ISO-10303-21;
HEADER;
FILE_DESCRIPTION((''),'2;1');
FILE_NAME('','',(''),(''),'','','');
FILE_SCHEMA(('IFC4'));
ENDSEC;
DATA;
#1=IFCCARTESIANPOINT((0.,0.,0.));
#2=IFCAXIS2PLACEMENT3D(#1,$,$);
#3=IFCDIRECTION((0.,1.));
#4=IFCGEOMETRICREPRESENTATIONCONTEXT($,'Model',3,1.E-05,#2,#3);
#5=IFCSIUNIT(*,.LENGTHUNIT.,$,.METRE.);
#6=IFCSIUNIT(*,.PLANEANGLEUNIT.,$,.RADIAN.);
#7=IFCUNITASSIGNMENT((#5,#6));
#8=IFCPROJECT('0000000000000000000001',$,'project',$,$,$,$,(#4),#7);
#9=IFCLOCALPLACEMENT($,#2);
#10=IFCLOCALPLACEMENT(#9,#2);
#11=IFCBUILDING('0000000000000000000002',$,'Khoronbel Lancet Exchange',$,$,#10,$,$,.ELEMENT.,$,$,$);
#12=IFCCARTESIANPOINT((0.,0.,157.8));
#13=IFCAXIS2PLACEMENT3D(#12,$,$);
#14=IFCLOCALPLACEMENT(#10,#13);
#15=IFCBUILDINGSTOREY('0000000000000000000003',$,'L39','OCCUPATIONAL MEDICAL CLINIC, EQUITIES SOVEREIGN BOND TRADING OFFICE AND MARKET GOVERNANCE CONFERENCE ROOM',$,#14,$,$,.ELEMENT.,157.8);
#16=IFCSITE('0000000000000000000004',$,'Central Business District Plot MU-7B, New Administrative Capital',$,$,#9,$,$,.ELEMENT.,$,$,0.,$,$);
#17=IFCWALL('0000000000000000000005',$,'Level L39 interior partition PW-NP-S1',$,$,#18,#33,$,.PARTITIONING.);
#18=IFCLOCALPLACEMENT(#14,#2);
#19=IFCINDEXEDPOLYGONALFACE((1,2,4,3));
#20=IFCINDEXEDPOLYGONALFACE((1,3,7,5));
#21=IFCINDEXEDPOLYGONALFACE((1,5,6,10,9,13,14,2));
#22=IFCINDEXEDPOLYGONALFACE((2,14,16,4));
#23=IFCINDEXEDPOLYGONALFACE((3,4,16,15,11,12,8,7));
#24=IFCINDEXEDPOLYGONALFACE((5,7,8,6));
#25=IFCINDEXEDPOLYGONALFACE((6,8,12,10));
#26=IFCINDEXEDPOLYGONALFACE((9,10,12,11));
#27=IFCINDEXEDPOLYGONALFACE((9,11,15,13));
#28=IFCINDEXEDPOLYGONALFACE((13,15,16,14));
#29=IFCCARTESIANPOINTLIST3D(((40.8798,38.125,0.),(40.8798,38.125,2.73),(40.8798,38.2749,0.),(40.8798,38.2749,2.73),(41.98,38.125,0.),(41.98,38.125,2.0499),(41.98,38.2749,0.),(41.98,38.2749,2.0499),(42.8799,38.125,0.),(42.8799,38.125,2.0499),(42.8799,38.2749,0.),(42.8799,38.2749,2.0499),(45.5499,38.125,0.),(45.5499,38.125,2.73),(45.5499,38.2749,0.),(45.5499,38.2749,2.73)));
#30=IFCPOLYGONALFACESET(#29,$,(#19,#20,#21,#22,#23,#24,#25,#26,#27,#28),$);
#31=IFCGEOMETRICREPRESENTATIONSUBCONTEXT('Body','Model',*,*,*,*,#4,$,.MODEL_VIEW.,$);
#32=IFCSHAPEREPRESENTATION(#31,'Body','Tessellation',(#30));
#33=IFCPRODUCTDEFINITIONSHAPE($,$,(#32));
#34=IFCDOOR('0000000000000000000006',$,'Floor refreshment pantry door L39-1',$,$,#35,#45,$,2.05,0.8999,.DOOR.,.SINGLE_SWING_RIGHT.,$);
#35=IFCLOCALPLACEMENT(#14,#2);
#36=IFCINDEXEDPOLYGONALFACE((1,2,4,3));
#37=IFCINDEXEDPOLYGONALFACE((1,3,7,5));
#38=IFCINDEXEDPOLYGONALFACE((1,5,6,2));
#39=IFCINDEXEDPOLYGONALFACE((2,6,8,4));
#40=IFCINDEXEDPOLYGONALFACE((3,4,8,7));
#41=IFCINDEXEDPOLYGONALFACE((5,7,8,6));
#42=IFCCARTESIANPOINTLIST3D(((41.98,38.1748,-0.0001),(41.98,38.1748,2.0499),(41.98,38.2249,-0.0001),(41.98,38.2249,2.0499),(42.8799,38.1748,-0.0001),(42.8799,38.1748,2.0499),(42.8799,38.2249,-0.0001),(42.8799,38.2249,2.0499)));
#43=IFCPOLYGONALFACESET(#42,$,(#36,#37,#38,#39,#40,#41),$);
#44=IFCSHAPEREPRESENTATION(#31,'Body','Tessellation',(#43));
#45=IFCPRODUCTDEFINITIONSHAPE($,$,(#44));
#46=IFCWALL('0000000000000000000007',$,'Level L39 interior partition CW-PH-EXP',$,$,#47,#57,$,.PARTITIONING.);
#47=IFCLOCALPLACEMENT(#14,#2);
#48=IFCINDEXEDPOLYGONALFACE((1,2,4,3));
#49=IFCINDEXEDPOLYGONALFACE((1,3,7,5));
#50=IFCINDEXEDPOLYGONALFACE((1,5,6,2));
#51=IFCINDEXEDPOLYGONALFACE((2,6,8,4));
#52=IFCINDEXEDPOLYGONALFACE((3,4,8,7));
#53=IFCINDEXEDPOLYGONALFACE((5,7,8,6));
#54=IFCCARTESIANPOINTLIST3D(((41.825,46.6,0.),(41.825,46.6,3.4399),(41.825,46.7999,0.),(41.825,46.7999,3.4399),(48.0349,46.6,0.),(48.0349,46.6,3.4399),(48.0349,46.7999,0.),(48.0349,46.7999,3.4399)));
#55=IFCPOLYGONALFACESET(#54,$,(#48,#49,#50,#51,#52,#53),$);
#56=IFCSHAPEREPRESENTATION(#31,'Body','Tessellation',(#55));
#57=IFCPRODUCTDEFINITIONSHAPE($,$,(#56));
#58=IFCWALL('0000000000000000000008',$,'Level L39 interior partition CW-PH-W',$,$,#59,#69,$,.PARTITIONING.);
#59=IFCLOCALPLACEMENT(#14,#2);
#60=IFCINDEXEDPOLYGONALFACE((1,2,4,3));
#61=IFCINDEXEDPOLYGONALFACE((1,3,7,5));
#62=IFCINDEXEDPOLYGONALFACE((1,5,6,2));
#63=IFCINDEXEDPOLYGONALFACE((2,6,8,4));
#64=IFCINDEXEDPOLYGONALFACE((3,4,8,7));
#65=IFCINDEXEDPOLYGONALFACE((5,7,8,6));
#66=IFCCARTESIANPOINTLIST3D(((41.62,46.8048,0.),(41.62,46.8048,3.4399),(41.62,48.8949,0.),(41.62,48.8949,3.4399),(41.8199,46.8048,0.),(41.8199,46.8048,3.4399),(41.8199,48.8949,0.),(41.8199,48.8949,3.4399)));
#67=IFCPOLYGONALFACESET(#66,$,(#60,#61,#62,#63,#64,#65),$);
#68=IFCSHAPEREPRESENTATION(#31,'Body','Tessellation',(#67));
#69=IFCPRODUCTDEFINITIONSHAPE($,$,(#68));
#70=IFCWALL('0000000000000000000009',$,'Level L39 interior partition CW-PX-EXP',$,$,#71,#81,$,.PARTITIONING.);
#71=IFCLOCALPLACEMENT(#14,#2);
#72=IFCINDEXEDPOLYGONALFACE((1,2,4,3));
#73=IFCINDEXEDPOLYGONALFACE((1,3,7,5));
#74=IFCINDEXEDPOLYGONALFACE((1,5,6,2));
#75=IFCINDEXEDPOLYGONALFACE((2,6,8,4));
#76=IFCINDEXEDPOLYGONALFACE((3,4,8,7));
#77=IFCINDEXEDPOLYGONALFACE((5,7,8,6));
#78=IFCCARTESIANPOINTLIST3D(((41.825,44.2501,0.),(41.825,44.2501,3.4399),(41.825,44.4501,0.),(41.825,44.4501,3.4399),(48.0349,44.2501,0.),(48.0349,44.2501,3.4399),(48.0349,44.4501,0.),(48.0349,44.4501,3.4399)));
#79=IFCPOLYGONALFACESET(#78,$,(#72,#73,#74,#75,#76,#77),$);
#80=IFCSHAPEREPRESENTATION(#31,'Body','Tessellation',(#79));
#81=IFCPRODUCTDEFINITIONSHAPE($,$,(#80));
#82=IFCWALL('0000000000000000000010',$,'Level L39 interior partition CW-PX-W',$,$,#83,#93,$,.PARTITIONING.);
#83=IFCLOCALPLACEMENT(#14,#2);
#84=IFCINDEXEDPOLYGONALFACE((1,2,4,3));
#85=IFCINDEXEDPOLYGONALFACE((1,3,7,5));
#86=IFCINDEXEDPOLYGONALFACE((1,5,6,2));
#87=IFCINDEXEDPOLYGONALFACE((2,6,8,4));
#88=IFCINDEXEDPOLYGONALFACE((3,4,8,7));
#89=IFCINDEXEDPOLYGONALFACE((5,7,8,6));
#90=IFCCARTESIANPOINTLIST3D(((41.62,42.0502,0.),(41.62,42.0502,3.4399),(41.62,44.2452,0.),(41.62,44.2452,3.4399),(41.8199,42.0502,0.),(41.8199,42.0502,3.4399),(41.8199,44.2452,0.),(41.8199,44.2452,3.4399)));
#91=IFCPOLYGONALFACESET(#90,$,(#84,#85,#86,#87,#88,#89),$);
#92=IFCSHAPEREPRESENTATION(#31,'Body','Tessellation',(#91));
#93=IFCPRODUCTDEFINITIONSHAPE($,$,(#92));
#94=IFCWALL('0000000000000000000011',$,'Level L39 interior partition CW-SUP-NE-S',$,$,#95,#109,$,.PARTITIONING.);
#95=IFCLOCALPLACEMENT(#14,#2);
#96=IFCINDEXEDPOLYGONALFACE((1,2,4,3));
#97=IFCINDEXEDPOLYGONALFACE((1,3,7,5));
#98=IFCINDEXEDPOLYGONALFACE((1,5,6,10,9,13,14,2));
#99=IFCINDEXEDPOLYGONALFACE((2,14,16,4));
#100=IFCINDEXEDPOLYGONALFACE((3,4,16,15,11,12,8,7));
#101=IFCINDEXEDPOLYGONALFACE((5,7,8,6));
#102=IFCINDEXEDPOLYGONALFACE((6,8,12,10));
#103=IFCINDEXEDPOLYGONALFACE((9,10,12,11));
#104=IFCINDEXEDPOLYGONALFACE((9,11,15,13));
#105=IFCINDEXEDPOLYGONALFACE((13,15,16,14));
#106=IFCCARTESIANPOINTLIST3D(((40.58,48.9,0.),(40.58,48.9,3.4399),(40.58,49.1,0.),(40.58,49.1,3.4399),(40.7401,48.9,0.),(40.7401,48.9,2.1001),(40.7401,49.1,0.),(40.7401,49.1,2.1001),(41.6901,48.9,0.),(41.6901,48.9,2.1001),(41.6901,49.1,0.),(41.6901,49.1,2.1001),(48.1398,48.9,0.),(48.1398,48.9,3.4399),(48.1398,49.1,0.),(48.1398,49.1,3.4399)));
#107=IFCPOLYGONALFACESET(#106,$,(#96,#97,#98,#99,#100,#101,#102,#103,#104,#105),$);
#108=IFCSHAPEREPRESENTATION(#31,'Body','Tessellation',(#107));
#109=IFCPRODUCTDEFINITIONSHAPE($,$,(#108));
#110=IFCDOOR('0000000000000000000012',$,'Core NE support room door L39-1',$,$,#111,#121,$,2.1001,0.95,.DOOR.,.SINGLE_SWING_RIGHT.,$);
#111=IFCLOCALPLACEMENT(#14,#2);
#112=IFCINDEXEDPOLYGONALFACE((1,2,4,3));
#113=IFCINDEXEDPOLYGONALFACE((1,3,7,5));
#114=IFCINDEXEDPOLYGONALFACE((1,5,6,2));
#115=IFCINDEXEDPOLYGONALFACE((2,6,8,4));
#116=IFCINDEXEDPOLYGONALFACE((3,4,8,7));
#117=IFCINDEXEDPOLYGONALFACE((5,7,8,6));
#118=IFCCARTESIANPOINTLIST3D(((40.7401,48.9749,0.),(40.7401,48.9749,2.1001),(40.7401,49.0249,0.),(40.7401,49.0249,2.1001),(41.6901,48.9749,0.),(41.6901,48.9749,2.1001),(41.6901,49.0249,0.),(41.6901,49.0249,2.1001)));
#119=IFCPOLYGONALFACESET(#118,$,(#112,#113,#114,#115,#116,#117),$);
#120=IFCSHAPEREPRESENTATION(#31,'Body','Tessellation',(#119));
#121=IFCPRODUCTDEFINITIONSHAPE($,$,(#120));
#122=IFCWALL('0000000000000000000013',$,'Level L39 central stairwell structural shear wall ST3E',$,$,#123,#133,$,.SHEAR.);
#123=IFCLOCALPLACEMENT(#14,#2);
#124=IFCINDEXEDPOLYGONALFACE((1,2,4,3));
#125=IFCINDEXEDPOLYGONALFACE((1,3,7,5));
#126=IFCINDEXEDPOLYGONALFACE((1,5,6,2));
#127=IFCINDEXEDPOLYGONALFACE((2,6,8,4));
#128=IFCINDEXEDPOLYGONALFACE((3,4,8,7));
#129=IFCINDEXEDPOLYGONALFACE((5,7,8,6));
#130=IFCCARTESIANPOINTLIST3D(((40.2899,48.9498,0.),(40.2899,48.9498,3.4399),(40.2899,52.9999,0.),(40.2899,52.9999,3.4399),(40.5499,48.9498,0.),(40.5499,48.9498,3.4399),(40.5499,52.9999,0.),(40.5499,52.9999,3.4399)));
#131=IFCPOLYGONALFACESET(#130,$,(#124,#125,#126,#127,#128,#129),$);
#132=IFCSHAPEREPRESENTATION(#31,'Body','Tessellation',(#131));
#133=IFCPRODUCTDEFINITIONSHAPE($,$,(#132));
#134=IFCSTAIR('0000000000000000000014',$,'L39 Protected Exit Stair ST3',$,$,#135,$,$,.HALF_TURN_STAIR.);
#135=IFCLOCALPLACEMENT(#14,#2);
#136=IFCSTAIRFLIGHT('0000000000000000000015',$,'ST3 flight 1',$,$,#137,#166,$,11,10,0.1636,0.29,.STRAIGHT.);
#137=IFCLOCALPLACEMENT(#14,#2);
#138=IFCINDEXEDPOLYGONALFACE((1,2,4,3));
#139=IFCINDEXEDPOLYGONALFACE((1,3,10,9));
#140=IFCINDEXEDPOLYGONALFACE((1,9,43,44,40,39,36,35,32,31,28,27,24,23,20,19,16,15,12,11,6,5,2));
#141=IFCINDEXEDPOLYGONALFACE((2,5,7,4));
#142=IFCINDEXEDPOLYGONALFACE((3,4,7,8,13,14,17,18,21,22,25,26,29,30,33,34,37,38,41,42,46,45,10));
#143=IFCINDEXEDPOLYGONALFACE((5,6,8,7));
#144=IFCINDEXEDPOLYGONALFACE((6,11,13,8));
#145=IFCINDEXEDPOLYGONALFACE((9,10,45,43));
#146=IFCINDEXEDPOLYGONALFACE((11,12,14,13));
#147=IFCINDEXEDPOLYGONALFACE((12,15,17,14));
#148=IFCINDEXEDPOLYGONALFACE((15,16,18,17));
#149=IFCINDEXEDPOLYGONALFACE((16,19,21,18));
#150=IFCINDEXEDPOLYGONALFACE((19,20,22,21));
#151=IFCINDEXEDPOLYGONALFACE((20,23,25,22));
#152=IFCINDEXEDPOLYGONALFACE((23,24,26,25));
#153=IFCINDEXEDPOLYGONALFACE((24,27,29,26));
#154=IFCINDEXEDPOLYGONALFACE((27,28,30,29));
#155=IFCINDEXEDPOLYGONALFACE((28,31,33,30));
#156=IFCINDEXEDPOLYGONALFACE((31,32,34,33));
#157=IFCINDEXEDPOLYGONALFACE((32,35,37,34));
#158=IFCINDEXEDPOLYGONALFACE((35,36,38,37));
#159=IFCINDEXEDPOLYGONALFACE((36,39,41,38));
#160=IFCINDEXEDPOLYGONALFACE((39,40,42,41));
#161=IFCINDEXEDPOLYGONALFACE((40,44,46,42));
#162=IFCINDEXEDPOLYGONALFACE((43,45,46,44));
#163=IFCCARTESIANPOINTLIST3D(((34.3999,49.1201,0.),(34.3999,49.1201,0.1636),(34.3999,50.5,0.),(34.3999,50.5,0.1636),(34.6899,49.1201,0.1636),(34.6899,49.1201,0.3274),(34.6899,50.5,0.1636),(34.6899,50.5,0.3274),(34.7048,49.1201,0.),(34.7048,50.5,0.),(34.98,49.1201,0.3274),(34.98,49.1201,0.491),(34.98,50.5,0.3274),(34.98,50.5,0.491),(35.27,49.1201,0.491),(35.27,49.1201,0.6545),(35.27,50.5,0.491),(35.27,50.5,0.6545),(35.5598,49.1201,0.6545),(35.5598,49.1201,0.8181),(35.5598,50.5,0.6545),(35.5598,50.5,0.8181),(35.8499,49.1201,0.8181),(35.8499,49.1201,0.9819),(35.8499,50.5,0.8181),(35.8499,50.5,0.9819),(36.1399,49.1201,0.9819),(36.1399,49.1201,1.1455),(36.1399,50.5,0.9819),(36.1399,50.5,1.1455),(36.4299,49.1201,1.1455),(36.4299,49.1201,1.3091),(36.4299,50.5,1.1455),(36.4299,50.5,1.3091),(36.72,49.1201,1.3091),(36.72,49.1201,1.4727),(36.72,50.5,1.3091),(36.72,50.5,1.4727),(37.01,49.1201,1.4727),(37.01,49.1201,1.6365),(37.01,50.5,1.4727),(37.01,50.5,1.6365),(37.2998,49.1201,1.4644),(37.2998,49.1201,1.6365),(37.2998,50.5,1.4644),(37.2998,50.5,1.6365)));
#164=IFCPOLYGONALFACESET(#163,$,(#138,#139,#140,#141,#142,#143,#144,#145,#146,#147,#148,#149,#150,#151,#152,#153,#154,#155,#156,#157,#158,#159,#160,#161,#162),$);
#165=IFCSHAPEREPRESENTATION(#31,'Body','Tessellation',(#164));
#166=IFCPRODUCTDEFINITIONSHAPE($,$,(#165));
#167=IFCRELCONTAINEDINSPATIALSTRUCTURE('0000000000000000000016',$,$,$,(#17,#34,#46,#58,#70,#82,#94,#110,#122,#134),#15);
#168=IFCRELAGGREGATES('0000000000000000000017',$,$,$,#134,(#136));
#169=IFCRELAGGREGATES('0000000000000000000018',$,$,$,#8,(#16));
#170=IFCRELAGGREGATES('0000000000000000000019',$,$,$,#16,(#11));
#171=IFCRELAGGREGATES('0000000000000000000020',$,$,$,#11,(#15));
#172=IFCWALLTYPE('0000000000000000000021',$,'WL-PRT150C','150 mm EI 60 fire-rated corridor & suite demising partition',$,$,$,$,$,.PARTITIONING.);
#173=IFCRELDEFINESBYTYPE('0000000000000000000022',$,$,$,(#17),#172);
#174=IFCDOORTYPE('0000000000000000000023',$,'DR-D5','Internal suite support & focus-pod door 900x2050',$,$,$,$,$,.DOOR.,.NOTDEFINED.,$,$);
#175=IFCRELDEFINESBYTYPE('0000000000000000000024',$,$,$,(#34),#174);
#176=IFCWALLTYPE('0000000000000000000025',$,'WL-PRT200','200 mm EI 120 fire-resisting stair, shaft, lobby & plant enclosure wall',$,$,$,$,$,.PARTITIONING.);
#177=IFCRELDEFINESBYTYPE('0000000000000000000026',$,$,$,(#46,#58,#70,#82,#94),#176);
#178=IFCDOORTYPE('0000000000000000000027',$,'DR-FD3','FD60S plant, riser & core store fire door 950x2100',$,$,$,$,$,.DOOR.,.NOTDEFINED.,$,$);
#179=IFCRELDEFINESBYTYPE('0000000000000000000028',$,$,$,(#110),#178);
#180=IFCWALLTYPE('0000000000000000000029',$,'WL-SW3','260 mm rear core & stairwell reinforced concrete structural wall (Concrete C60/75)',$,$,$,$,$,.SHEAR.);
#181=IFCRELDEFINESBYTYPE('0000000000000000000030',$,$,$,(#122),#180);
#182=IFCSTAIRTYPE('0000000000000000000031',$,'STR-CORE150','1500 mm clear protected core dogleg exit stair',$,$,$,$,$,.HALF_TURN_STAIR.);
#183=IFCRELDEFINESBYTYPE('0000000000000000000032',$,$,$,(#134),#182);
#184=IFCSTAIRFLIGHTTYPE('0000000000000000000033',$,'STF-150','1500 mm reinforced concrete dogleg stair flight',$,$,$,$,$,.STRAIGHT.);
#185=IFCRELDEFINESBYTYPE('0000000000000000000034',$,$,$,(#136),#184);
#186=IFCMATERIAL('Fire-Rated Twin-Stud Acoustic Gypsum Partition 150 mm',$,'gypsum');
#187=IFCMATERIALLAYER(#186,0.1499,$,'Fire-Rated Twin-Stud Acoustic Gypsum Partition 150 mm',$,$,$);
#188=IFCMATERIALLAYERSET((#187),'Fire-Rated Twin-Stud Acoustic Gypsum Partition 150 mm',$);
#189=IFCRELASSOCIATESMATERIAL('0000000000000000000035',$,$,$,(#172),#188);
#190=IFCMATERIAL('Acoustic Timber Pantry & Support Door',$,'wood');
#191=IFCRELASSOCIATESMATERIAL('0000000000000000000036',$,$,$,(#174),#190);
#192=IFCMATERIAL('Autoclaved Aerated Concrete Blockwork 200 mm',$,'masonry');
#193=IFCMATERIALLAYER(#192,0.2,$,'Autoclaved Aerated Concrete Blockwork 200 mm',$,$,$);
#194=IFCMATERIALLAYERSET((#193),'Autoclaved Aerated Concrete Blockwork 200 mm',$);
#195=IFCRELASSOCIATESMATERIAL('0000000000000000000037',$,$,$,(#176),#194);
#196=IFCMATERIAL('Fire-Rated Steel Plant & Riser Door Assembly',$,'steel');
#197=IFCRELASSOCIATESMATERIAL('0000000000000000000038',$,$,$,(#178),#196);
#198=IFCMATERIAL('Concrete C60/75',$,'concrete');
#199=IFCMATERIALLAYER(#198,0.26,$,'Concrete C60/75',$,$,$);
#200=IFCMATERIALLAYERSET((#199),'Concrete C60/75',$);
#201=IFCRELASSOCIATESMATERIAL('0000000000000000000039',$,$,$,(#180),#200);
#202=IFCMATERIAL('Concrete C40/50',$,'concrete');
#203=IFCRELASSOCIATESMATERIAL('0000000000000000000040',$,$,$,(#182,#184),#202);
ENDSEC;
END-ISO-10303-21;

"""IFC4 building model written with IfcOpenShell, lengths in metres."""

from ifc_helpers import new_model, si_unit, direction, frame, frame_2d, origin, place, context, subcontext, project, spatial, polyline, rectangle, outline, extrude, material, layer, layer_set, type_object, element, fill, aggregate, save


model = new_model("IFC4")

# Units and contexts
model_context = context("Model", 3, precision=1e-05, world=origin(), true_north=direction((0.0, 1.0)))
body_context = subcontext(model_context, "Body", "Model", "MODEL_VIEW")
ifc_project = project(units=[si_unit("LENGTHUNIT", "METRE"), si_unit("PLANEANGLEUNIT", "RADIAN")], contexts=[model_context])

# Site, building, storey
site_placement = place(None, origin())
site = spatial("IfcSite", under=ifc_project, at=site_placement, Name="Central Business District Plot MU-7B, New Administrative Capital", CompositionType="ELEMENT", RefElevation=0.0)
building_placement = place(site_placement, origin())
building = spatial("IfcBuilding", under=site, at=building_placement, Name="Khoronbel Lancet Exchange", CompositionType="ELEMENT")
storey_placement = place(building_placement, frame((0.0, 0.0, 157.8)))
storey = spatial("IfcBuildingStorey", under=building, at=storey_placement, Name="L39", Description="OCCUPATIONAL MEDICAL CLINIC, EQUITIES SOVEREIGN BOND TRADING OFFICE AND MARKET GOVERNANCE CONFERENCE ROOM", CompositionType="ELEMENT", Elevation=157.8)

# Wall, opening, door
ifc_material_1 = material(Name="Fire-Rated Twin-Stud Acoustic Gypsum Partition 150 mm", Category="gypsum")
ifc_layer_1 = layer(ifc_material_1, 0.1499, Name="Fire-Rated Twin-Stud Acoustic Gypsum Partition 150 mm")
ifc_layer_set_1 = layer_set([ifc_layer_1], Name="Fire-Rated Twin-Stud Acoustic Gypsum Partition 150 mm")
wall_type_1 = type_object("IfcWallType", Name="WL-PRT150C", Description="150 mm EI 60 fire-rated corridor & suite demising partition", PredefinedType="PARTITIONING", material=ifc_layer_set_1)
wall_1_placement = place(storey_placement, frame((40.8799, 38.2, 0.0), z_axis=(0.0, 0.0, 1.0), x_axis=(1.0, 0.0, 0.0)))
wall_1 = element("IfcWall", 1, at=wall_1_placement, inside=storey, type_object=wall_type_1, Name="Level L39 interior partition PW-NP-S1", PredefinedType="PARTITIONING", context=body_context, shape_type="SweptSolid", body=[
    extrude(rectangle(XDim=4.6702, YDim=0.1499, at=frame_2d((2.335, 0.0))), origin(), (0.0, 0.0, 1.0), 2.73),
])
opening_1_placement = place(wall_1_placement, frame((1.1001, 0.0, 0.0)))
opening_1 = element("IfcOpeningElement", 2, at=opening_1_placement, cuts=wall_1, PredefinedType="OPENING", context=body_context, shape_type="SweptSolid", body=[
    extrude(rectangle(XDim=0.8999, YDim=2.05, at=frame_2d((0.45, 1.0249))), frame((0.0, 0.085, 0.0), z_axis=(0.0, -1.0, 0.0), x_axis=(1.0, 0.0, 0.0)), (0.0, 0.0, 1.0), 0.1699),
])
ifc_material_2 = material(Name="Acoustic Timber Pantry & Support Door", Category="wood")
door_type_1 = type_object("IfcDoorType", Name="DR-D5", Description="Internal suite support & focus-pod door 900x2050", OperationType="NOTDEFINED", PredefinedType="DOOR", material=ifc_material_2)
door_1_placement = place(opening_1_placement, origin())
door_1 = element("IfcDoor", 3, at=door_1_placement, inside=storey, type_object=door_type_1, Name="Floor refreshment pantry door L39-1", OperationType="SINGLE_SWING_RIGHT", OverallHeight=2.05, OverallWidth=0.8999, PredefinedType="DOOR", context=body_context, shape_type="SweptSolid", body=[
    extrude(rectangle(XDim=0.8999, YDim=2.05, at=frame_2d((0.45, 1.0249))), frame((0.0, 0.0249, 0.0), z_axis=(0.0, -1.0, 0.0), x_axis=(1.0, 0.0, 0.0)), (0.0, 0.0, 1.0), 0.05),
])
fill(opening_1, door_1)

# Walls
ifc_material_3 = material(Name="Autoclaved Aerated Concrete Blockwork 200 mm", Category="masonry")
ifc_layer_2 = layer(ifc_material_3, 0.2, Name="Autoclaved Aerated Concrete Blockwork 200 mm")
ifc_layer_set_2 = layer_set([ifc_layer_2], Name="Autoclaved Aerated Concrete Blockwork 200 mm")
wall_type_2 = type_object("IfcWallType", Name="WL-PRT200", Description="200 mm EI 120 fire-resisting stair, shaft, lobby & plant enclosure wall", PredefinedType="PARTITIONING", material=ifc_layer_set_2)
wall_2_placement = place(storey_placement, frame((41.825, 46.7, 0.0), z_axis=(0.0, 0.0, 1.0), x_axis=(1.0, 0.0, 0.0)))
element("IfcWall", 4, at=wall_2_placement, inside=storey, type_object=wall_type_2, Name="Level L39 interior partition CW-PH-EXP", PredefinedType="PARTITIONING", context=body_context, shape_type="SweptSolid", body=[
    extrude(rectangle(XDim=6.21, YDim=0.2, at=frame_2d((3.105, 0.0))), origin(), (0.0, 0.0, 1.0), 3.4399),
])
wall_3_placement = place(storey_placement, frame((41.72, 46.8049, 0.0), z_axis=(0.0, 0.0, 1.0), x_axis=(0.0, 1.0, 0.0)))
element("IfcWall", 5, at=wall_3_placement, inside=storey, type_object=wall_type_2, Name="Level L39 interior partition CW-PH-W", PredefinedType="PARTITIONING", context=body_context, shape_type="SweptSolid", body=[
    extrude(rectangle(XDim=2.0901, YDim=0.2, at=frame_2d((1.0449, 0.0))), origin(), (0.0, 0.0, 1.0), 3.4399),
])
wall_4_placement = place(storey_placement, frame((41.825, 44.3501, 0.0), z_axis=(0.0, 0.0, 1.0), x_axis=(1.0, 0.0, 0.0)))
element("IfcWall", 6, at=wall_4_placement, inside=storey, type_object=wall_type_2, Name="Level L39 interior partition CW-PX-EXP", PredefinedType="PARTITIONING", context=body_context, shape_type="SweptSolid", body=[
    extrude(rectangle(XDim=6.21, YDim=0.2, at=frame_2d((3.105, 0.0))), origin(), (0.0, 0.0, 1.0), 3.4399),
])
wall_5_placement = place(storey_placement, frame((41.72, 42.05, 0.0), z_axis=(0.0, 0.0, 1.0), x_axis=(0.0, 1.0, 0.0)))
element("IfcWall", 7, at=wall_5_placement, inside=storey, type_object=wall_type_2, Name="Level L39 interior partition CW-PX-W", PredefinedType="PARTITIONING", context=body_context, shape_type="SweptSolid", body=[
    extrude(rectangle(XDim=2.1951, YDim=0.2, at=frame_2d((1.0977, 0.0))), origin(), (0.0, 0.0, 1.0), 3.4399),
])

# Wall, opening, door
wall_6_placement = place(storey_placement, frame((40.5801, 49.0, 0.0), z_axis=(0.0, 0.0, 1.0), x_axis=(1.0, 0.0, 0.0)))
wall_6 = element("IfcWall", 8, at=wall_6_placement, inside=storey, type_object=wall_type_2, Name="Level L39 interior partition CW-SUP-NE-S", PredefinedType="PARTITIONING", context=body_context, shape_type="SweptSolid", body=[
    extrude(rectangle(XDim=7.5598, YDim=0.2, at=frame_2d((3.7798, 0.0))), origin(), (0.0, 0.0, 1.0), 3.4399),
])
opening_2_placement = place(wall_6_placement, frame((0.1599, 0.0, 0.0)))
opening_2 = element("IfcOpeningElement", 9, at=opening_2_placement, cuts=wall_6, PredefinedType="OPENING", context=body_context, shape_type="SweptSolid", body=[
    extrude(rectangle(XDim=0.95, YDim=2.1001, at=frame_2d((0.4751, 1.05))), frame((0.0, 0.1099, 0.0), z_axis=(0.0, -1.0, 0.0), x_axis=(1.0, 0.0, 0.0)), (0.0, 0.0, 1.0), 0.22),
])
ifc_material_4 = material(Name="Fire-Rated Steel Plant & Riser Door Assembly", Category="steel")
door_type_2 = type_object("IfcDoorType", Name="DR-FD3", Description="FD60S plant, riser & core store fire door 950x2100", OperationType="NOTDEFINED", PredefinedType="DOOR", material=ifc_material_4)
door_2_placement = place(opening_2_placement, origin())
door_2 = element("IfcDoor", 10, at=door_2_placement, inside=storey, type_object=door_type_2, Name="Core NE support room door L39-1", OperationType="SINGLE_SWING_RIGHT", OverallHeight=2.1001, OverallWidth=0.95, PredefinedType="DOOR", context=body_context, shape_type="SweptSolid", body=[
    extrude(rectangle(XDim=0.95, YDim=2.1001, at=frame_2d((0.4751, 1.05))), frame((0.0, 0.0249, 0.0), z_axis=(0.0, -1.0, 0.0), x_axis=(1.0, 0.0, 0.0)), (0.0, 0.0, 1.0), 0.05),
])
fill(opening_2, door_2)

# Wall
ifc_material_5 = material(Name="Concrete C60/75", Category="concrete")
ifc_layer_3 = layer(ifc_material_5, 0.26, Name="Concrete C60/75")
ifc_layer_set_3 = layer_set([ifc_layer_3], Name="Concrete C60/75")
wall_type_3 = type_object("IfcWallType", Name="WL-SW3", Description="260 mm rear core & stairwell reinforced concrete structural wall (Concrete C60/75)", PredefinedType="SHEAR", material=ifc_layer_set_3)
wall_7_placement = place(storey_placement, frame((40.4199, 48.95, 0.0), z_axis=(0.0, 0.0, 1.0), x_axis=(0.0, 1.0, 0.0)))
element("IfcWall", 11, at=wall_7_placement, inside=storey, type_object=wall_type_3, Name="Level L39 central stairwell structural shear wall ST3E", PredefinedType="SHEAR", context=body_context, shape_type="SweptSolid", body=[
    extrude(rectangle(XDim=4.05, YDim=0.26, at=frame_2d((2.0249, 0.0))), origin(), (0.0, 0.0, 1.0), 3.4399),
])

# Stair, stair flight
ifc_material_6 = material(Name="Concrete C40/50", Category="concrete")
stair_type = type_object("IfcStairType", Name="STR-CORE150", Description="1500 mm clear protected core dogleg exit stair", PredefinedType="HALF_TURN_STAIR", material=ifc_material_6)
stair_placement = place(storey_placement, origin())
stair = element("IfcStair", 12, at=stair_placement, inside=storey, type_object=stair_type, Name="L39 Protected Exit Stair ST3", PredefinedType="HALF_TURN_STAIR")
stair_flight_type = type_object("IfcStairFlightType", Name="STF-150", Description="1500 mm reinforced concrete dogleg stair flight", PredefinedType="STRAIGHT", material=ifc_material_6)
stair_flight_1_placement = place(storey_placement, frame((34.3999, 49.8101, 0.0), z_axis=(0.0, 0.0, 1.0), x_axis=(1.0, 0.0, 0.0)))
stair_flight_1 = element("IfcStairFlight", 13, at=stair_flight_1_placement, type_object=stair_flight_type, Name="ST3 flight 1", NumberOfRisers=11, NumberOfTreads=10, PredefinedType="STRAIGHT", RiserHeight=0.1636, TreadLength=0.29, context=body_context, shape_type="SweptSolid", body=[
    extrude(outline(polyline([(0.0, 0.0), (0.0, 0.1636), (0.29, 0.1636), (0.29, 0.3274), (0.5801, 0.3274), (0.5801, 0.491), (0.8701, 0.491), (0.8701, 0.6545), (1.1599, 0.6545), (1.1599, 0.8181), (1.45, 0.8181), (1.45, 0.9819), (1.74, 0.9819), (1.74, 1.1455), (2.03, 1.1455), (2.03, 1.3091), (2.3201, 1.3091), (2.3201, 1.4727), (2.6101, 1.4727), (2.6101, 1.6365), (2.8999, 1.6365), (2.8999, 1.8), (2.8999, 1.4644), (0.3049, 0.0), (0.0, 0.0)])), frame((0.0, 0.6899, 0.0), z_axis=(0.0, -1.0, 0.0), x_axis=(1.0, 0.0, 0.0)), (0.0, 0.0, 1.0), 1.3799),
])
aggregate(stair, [stair_flight_1])

save(model, "model.ifc")
